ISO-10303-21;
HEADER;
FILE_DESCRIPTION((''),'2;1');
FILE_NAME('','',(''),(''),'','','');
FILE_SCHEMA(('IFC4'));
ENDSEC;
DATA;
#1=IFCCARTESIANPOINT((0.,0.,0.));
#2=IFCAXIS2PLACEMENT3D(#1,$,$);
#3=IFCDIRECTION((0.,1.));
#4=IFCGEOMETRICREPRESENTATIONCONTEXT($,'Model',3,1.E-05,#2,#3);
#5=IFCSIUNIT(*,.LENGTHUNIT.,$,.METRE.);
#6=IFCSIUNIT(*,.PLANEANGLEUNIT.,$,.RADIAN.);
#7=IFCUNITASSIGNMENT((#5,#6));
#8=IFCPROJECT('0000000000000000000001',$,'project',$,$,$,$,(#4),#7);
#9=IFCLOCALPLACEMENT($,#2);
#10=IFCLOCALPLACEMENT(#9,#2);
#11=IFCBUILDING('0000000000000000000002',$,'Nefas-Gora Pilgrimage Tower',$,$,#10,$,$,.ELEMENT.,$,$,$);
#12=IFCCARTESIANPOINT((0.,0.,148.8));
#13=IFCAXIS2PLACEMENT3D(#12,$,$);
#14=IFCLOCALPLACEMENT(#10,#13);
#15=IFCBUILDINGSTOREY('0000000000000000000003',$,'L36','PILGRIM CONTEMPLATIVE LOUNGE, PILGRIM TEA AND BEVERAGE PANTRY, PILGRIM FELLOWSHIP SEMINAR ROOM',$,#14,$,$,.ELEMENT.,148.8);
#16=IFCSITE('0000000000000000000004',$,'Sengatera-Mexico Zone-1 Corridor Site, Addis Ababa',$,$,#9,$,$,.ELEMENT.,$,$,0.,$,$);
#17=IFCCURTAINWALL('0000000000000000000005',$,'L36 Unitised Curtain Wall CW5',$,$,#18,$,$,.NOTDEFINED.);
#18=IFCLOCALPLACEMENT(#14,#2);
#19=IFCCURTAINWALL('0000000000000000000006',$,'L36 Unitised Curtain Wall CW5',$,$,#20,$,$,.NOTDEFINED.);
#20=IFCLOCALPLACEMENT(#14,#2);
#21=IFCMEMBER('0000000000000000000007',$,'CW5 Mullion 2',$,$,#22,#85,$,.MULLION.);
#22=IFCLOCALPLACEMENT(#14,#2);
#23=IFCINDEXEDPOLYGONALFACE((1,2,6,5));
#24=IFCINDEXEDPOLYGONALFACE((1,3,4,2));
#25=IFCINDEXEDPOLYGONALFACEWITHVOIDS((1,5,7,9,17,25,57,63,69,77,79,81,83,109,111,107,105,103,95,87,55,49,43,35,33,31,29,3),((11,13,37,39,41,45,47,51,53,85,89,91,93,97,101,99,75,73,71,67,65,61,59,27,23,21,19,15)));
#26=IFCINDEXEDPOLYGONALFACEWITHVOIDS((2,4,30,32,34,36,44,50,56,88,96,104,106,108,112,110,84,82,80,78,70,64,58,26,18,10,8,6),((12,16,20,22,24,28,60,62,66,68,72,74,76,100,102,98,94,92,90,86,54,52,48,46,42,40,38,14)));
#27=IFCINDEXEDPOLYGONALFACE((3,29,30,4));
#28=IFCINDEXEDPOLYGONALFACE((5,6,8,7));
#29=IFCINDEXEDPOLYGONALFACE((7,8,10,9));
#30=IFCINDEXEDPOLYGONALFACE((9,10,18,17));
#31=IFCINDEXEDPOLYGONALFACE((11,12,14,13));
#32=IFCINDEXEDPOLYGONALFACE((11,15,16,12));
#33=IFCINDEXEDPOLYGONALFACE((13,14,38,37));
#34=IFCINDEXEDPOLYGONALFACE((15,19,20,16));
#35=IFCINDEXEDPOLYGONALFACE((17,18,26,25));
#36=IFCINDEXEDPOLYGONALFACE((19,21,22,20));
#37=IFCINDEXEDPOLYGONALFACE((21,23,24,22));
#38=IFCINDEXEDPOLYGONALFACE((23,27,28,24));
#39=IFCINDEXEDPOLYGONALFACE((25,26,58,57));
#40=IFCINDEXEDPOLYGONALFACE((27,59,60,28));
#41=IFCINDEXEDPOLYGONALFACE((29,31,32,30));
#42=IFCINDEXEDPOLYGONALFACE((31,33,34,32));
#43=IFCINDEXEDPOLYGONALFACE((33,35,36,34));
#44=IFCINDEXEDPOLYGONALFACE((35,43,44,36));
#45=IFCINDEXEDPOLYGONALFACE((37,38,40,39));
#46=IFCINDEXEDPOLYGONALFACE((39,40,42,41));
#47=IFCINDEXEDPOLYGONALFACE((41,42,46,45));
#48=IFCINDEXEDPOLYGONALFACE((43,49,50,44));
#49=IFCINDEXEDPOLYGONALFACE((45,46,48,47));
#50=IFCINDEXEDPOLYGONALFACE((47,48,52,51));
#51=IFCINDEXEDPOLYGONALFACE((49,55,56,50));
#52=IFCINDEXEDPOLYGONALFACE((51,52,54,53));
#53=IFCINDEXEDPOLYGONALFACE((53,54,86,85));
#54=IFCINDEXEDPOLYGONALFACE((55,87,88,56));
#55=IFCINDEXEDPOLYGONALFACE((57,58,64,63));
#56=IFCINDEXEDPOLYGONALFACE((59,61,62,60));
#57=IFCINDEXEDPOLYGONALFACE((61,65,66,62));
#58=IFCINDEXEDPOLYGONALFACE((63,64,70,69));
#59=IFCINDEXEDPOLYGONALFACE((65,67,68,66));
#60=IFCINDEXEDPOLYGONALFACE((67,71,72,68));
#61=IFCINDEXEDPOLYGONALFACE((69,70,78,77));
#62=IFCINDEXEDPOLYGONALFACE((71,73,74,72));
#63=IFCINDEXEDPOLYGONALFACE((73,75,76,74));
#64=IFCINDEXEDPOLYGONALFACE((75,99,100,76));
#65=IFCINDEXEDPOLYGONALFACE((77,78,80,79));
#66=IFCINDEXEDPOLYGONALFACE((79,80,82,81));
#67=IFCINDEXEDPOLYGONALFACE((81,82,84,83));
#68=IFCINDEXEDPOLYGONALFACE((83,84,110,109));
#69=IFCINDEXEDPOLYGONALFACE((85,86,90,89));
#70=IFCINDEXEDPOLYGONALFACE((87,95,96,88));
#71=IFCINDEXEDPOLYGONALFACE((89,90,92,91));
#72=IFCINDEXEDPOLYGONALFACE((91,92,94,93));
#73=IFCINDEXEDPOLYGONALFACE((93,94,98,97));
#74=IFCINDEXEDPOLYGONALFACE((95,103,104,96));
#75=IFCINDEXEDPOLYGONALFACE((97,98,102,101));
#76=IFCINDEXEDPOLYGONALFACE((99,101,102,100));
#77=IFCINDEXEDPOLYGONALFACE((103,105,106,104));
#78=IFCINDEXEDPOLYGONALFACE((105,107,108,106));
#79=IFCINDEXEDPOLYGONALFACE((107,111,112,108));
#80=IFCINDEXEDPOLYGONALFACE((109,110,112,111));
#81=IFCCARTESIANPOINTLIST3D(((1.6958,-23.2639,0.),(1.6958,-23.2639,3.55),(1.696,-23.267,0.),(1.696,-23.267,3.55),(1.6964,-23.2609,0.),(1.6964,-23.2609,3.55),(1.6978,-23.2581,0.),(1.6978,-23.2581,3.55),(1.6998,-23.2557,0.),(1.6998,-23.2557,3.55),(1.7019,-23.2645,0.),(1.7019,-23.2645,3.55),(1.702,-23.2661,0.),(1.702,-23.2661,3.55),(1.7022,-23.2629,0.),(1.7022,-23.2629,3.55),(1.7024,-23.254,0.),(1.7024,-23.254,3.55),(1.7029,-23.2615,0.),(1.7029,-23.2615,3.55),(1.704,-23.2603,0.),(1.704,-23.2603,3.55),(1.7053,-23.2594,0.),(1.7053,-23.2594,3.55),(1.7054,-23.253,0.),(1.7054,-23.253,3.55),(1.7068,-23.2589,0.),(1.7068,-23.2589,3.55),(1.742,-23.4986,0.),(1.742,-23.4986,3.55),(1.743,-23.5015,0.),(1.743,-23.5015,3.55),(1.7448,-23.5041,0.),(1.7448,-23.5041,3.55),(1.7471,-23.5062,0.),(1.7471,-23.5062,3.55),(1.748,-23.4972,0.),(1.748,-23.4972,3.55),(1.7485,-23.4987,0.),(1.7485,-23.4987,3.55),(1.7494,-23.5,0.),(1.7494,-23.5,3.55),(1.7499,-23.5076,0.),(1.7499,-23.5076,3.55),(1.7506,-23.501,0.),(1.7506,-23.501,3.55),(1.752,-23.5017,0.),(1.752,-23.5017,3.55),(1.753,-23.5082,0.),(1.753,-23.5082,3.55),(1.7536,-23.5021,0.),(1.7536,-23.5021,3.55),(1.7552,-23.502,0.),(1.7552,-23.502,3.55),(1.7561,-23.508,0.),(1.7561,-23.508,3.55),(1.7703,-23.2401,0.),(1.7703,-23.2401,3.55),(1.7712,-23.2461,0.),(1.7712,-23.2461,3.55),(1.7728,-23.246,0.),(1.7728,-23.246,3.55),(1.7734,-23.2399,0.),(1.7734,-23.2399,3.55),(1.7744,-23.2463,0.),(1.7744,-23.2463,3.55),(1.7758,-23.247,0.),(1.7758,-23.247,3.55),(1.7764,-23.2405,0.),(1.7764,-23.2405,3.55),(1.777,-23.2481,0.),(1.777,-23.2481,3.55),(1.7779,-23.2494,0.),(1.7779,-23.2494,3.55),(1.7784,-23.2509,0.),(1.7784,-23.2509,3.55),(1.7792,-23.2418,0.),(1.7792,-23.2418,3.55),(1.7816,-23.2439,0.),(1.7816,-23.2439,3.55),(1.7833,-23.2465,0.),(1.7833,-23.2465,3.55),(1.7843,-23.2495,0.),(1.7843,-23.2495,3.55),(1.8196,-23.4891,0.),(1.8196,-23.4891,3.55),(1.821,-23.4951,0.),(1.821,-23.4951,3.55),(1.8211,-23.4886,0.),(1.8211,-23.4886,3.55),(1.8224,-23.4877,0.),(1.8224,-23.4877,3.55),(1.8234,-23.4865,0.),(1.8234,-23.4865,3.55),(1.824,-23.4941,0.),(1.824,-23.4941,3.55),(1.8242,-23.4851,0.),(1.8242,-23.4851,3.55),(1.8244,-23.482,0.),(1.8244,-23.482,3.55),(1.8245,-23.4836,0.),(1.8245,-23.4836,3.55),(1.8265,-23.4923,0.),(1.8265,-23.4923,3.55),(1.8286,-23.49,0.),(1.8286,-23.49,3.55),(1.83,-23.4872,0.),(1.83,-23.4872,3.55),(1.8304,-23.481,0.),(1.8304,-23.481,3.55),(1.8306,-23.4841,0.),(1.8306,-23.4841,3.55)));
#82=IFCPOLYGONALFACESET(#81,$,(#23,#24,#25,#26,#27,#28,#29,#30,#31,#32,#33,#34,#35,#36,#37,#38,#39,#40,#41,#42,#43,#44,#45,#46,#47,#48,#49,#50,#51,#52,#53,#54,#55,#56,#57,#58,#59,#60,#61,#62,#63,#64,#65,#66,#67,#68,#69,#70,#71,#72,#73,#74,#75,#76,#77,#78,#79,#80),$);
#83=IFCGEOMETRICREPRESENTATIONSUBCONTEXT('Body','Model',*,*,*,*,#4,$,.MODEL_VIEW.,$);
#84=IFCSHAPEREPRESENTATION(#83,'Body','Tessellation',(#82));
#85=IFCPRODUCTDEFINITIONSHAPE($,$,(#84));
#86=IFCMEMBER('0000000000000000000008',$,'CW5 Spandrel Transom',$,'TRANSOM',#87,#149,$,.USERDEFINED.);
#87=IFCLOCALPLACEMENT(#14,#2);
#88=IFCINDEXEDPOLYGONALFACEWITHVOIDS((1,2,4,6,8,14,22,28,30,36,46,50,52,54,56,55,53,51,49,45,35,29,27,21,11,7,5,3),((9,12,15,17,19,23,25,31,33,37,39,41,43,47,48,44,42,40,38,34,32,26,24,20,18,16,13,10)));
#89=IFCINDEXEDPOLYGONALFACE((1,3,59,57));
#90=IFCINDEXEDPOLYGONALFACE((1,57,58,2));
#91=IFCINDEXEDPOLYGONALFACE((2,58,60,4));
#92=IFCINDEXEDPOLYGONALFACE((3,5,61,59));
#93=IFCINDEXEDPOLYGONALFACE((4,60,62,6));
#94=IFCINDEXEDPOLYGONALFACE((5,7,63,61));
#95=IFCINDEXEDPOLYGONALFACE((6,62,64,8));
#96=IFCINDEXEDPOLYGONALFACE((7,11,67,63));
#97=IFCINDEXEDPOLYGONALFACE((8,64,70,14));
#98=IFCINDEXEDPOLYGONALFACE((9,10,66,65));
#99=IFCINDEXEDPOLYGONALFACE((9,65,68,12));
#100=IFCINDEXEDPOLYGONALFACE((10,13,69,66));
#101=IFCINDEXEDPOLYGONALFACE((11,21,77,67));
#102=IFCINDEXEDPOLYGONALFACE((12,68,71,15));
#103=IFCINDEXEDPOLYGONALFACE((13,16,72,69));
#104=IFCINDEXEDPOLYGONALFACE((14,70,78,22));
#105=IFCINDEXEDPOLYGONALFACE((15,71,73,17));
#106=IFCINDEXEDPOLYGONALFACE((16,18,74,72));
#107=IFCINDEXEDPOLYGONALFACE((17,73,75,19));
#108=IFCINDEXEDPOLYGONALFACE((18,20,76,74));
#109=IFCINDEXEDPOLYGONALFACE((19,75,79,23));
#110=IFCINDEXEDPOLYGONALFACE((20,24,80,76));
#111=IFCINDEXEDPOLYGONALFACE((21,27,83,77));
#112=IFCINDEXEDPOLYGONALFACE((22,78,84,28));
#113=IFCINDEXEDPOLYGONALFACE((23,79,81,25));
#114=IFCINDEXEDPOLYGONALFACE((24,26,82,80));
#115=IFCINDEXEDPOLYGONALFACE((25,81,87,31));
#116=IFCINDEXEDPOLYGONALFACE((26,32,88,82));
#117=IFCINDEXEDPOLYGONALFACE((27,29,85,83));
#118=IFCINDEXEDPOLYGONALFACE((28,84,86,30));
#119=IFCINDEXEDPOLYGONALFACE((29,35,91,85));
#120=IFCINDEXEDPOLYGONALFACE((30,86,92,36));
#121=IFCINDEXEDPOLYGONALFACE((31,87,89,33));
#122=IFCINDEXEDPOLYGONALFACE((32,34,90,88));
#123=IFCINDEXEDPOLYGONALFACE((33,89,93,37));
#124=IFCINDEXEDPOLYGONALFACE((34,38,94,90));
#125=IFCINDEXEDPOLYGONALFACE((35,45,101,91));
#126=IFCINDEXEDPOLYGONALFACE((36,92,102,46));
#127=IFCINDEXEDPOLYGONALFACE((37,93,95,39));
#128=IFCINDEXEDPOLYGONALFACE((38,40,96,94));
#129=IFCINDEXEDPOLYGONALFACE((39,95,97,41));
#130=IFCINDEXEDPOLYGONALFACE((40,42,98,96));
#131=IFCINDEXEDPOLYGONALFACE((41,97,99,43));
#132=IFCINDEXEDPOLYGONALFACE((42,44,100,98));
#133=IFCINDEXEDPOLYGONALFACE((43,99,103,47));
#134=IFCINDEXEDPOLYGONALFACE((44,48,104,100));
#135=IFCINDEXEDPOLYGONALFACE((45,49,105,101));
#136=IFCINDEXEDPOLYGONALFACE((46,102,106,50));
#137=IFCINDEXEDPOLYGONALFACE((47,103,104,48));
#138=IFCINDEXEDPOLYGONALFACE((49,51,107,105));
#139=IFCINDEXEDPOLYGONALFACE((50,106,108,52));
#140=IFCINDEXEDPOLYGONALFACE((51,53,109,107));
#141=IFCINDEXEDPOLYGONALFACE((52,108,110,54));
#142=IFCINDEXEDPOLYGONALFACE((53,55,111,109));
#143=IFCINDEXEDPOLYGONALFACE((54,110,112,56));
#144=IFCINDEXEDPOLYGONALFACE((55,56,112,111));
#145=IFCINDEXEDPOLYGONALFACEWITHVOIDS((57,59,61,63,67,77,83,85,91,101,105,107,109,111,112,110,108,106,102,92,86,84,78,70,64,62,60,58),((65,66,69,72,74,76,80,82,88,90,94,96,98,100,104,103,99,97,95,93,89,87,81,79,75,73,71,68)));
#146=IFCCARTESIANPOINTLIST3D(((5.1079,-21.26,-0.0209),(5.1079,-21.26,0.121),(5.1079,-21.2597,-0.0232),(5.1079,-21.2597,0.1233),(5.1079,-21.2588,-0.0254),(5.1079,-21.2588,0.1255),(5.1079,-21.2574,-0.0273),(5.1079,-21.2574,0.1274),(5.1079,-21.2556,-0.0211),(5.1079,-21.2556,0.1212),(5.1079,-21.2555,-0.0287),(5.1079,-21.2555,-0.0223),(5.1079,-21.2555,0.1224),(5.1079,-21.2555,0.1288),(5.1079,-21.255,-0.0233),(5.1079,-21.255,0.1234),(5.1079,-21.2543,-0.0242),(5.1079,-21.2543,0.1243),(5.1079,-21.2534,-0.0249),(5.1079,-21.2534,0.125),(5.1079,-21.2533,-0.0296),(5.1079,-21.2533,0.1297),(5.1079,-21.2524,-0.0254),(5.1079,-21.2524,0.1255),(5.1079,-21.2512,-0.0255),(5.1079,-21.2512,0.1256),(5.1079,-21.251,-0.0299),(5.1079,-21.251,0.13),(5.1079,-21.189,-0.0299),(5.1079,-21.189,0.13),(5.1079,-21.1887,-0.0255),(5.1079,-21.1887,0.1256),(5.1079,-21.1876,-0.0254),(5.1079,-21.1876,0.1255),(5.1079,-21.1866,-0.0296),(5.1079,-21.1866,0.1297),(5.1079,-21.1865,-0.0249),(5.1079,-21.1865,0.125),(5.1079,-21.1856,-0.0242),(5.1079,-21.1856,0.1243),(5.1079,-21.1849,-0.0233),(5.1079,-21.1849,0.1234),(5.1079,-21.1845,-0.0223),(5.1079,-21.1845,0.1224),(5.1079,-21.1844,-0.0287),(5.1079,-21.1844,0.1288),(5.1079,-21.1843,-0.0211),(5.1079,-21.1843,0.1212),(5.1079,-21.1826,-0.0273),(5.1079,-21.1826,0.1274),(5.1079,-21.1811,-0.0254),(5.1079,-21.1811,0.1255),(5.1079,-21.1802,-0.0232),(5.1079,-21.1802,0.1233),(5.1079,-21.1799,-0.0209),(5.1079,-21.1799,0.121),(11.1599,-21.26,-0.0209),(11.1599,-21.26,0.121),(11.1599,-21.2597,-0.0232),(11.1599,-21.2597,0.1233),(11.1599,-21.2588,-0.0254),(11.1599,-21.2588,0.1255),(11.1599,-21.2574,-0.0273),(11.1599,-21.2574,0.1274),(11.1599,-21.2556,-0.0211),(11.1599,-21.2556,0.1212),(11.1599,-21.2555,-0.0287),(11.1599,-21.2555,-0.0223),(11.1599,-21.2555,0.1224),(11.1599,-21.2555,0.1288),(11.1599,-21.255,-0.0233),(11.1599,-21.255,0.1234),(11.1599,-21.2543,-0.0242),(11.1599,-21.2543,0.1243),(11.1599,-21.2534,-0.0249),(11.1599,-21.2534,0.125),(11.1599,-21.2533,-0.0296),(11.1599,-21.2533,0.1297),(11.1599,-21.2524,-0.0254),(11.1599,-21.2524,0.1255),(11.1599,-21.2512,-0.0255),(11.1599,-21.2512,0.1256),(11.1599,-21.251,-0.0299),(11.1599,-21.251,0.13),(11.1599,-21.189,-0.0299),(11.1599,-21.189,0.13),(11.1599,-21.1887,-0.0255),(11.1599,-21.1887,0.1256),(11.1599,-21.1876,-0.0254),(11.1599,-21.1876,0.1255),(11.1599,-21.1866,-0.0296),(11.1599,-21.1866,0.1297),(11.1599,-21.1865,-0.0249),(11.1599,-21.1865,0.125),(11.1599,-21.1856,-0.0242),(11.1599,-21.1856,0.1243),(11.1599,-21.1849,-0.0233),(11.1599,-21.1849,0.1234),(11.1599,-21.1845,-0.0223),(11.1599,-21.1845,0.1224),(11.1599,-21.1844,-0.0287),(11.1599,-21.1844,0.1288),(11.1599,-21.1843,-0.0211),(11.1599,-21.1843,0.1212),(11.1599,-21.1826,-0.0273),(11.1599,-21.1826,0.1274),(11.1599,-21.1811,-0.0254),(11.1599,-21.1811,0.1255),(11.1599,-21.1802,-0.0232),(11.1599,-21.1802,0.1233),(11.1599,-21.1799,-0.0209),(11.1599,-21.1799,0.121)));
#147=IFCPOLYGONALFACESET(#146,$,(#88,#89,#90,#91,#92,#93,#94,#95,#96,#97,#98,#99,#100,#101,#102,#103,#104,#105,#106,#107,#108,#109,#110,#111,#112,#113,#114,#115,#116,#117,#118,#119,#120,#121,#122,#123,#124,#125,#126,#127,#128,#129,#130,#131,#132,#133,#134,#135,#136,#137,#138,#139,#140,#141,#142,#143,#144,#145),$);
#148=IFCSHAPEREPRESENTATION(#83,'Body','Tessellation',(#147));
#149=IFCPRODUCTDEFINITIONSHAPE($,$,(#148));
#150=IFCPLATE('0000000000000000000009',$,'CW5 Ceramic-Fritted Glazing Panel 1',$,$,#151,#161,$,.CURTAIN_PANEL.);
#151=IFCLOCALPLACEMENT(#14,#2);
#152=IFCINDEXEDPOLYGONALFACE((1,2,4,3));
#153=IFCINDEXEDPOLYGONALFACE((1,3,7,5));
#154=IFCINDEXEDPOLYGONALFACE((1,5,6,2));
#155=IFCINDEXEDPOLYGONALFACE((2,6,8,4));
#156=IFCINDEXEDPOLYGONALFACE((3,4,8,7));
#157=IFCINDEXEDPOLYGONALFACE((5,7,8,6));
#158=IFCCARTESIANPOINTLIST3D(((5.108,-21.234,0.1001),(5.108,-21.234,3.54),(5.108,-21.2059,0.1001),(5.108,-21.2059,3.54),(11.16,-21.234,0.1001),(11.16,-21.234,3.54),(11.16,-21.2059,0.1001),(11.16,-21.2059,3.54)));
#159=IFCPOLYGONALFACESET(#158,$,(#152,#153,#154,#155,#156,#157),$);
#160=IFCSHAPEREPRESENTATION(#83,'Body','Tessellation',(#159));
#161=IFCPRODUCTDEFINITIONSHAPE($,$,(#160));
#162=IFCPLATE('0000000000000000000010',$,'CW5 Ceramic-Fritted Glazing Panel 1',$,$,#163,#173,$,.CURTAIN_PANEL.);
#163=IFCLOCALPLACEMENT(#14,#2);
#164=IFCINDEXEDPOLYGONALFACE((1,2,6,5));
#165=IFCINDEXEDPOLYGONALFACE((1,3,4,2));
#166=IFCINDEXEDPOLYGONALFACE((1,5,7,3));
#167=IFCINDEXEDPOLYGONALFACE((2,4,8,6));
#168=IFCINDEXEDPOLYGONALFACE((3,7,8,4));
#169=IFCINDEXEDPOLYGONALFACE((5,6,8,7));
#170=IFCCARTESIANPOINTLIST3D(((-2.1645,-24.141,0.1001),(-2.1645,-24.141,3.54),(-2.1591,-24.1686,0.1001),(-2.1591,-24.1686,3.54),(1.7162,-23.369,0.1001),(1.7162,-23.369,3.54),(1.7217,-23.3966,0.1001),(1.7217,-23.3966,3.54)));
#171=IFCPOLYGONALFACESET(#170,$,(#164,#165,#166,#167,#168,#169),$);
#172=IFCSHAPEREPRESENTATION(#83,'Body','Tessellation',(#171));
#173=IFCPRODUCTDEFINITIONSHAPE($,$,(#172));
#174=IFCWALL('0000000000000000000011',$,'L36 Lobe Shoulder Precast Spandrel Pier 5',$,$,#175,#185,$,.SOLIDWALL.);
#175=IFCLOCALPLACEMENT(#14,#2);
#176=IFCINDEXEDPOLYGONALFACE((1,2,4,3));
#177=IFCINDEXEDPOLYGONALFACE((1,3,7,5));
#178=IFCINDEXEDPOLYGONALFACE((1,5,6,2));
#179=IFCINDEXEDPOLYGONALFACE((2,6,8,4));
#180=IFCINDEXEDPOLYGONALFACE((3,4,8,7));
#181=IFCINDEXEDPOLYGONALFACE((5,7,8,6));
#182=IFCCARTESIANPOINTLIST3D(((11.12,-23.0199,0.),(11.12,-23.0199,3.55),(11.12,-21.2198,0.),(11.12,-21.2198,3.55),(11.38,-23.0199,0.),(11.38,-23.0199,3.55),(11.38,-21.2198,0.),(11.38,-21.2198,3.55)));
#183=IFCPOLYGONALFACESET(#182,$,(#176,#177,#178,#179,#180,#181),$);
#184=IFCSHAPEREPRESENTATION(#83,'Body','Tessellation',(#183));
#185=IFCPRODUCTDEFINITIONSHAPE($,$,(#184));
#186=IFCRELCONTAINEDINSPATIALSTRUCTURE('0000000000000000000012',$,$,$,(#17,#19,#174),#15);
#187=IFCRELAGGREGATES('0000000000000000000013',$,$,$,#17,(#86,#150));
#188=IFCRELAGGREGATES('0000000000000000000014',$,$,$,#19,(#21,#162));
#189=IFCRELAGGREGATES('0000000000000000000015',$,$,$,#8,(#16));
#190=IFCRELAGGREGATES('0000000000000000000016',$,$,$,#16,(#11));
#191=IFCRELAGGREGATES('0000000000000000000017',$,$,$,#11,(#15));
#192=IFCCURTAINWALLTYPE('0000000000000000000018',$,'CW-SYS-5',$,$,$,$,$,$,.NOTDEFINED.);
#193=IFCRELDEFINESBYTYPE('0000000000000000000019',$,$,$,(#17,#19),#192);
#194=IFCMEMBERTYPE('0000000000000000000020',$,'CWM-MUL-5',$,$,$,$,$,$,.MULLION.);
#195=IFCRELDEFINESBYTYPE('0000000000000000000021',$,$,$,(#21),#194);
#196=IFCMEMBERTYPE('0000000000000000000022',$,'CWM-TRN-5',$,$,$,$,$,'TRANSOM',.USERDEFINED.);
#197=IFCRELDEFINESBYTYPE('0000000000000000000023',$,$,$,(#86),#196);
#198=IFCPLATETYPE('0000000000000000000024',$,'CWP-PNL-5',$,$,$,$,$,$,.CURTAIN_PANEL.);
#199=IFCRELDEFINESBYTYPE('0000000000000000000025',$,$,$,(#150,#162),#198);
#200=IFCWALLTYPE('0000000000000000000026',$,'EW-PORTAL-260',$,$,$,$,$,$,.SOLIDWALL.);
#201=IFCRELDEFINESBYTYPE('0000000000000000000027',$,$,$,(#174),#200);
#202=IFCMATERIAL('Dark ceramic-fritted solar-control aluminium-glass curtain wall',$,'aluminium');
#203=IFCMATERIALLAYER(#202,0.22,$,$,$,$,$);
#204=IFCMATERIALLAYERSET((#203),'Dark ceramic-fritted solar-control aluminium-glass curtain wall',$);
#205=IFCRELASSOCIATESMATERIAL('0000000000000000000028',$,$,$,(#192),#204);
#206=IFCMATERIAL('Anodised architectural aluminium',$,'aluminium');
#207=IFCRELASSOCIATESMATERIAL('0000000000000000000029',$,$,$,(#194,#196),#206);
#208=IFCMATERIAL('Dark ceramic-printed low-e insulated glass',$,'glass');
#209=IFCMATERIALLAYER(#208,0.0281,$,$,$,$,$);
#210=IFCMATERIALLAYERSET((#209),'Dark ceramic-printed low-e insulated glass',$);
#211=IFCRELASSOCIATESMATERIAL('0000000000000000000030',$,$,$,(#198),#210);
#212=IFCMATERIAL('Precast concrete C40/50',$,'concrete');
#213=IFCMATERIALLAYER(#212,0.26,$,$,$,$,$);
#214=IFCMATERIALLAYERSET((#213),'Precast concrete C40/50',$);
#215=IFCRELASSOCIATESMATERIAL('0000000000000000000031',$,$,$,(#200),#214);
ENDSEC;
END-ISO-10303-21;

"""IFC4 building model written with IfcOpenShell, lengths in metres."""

from ifc_helpers import new_model, si_unit, direction, frame, frame_2d, origin, origin_2d, place, context, subcontext, project, spatial, rectangle, hollow_rectangle, extrude, source, transform, mapped, material, layer, layer_set, material_profile, profile_set, type_object, element, aggregate, save


model = new_model("IFC4")

# Units and contexts
model_context = context("Model", 3, precision=1e-05, world=origin(), true_north=direction((0.0, 1.0)))
body_context = subcontext(model_context, "Body", "Model", "MODEL_VIEW")
ifc_project = project(units=[si_unit("LENGTHUNIT", "METRE"), si_unit("PLANEANGLEUNIT", "RADIAN")], contexts=[model_context])

# Site, building, storey
site_placement = place(None, origin())
site = spatial("IfcSite", under=ifc_project, at=site_placement, Name="Sengatera-Mexico Zone-1 Corridor Site, Addis Ababa", CompositionType="ELEMENT", RefElevation=0.0)
building_placement = place(site_placement, origin())
building = spatial("IfcBuilding", under=site, at=building_placement, Name="Nefas-Gora Pilgrimage Tower", CompositionType="ELEMENT")
storey_placement = place(building_placement, frame((0.0, 0.0, 148.8)))
storey = spatial("IfcBuildingStorey", under=building, at=storey_placement, Name="L36", Description="PILGRIM CONTEMPLATIVE LOUNGE, PILGRIM TEA AND BEVERAGE PANTRY, PILGRIM FELLOWSHIP SEMINAR ROOM", CompositionType="ELEMENT", Elevation=148.8)

# Curtain wall
ifc_material_1 = material(Name="Dark ceramic-fritted solar-control aluminium-glass curtain wall", Category="aluminium")
ifc_layer_1 = layer(ifc_material_1, 0.22)
ifc_layer_set_1 = layer_set([ifc_layer_1], Name="Dark ceramic-fritted solar-control aluminium-glass curtain wall")
curtain_wall_type = type_object("IfcCurtainWallType", Name="CW-SYS-5", PredefinedType="NOTDEFINED", material=ifc_layer_set_1)
curtain_wall_1_placement = place(storey_placement, origin())
curtain_wall_1 = element("IfcCurtainWall", 1, at=curtain_wall_1_placement, inside=storey, type_object=curtain_wall_type, Name="L36 Unitised Curtain Wall CW5", PredefinedType="NOTDEFINED")
ifc_material_2 = material(Name="Anodised architectural aluminium", Category="aluminium")
ifc_material_profile_1 = material_profile(ifc_material_2, hollow_rectangle(XDim=0.0901, YDim=0.26, WallThickness=0.0061, InnerFilletRadius=0.0061, OuterFilletRadius=0.012, at=origin_2d()), Name="ALU MULLION 90x260")
ifc_profile_set_1 = profile_set([ifc_material_profile_1], Name="Anodised architectural aluminium")
member_type_1 = type_object("IfcMemberType", Name="CWM-MUL-5", PredefinedType="MULLION", material=ifc_profile_set_1)
shared_shape_1 = source(origin(), body_context, "Body", "SweptSolid", [
    extrude(hollow_rectangle(XDim=0.0901, YDim=0.26, WallThickness=0.0061, InnerFilletRadius=0.0061, OuterFilletRadius=0.012, at=origin_2d()), origin(), (0.0, 0.0, 1.0), 3.55),
])

# Curtain wall, member
curtain_wall_2_placement = place(storey_placement, origin())
curtain_wall_2 = element("IfcCurtainWall", 2, at=curtain_wall_2_placement, inside=storey, type_object=curtain_wall_type, Name="L36 Unitised Curtain Wall CW5", PredefinedType="NOTDEFINED")
member_1_placement = place(storey_placement, frame((1.7632, -23.374, 0.0), z_axis=(0.0, 0.0, 1.0), x_axis=(0.980783, 0.195102, 0.0)))
member_1 = element("IfcMember", 3, at=member_1_placement, type_object=member_type_1, Name="CW5 Mullion 2", PredefinedType="MULLION", context=body_context, shape_type="MappedRepresentation", body=[
    mapped(shared_shape_1, transform((0.0, 0.0, 0.0), x_axis=(1.0, 0.0, 0.0), y_axis=(0.0, 1.0, 0.0), z_axis=(0.0, 0.0, 1.0), scale=1.0)),
])

# Member
ifc_material_profile_2 = material_profile(ifc_material_2, hollow_rectangle(XDim=0.0801, YDim=0.1599, WallThickness=0.0044, InnerFilletRadius=0.0044, OuterFilletRadius=0.009, at=origin_2d()), Name="ALU TRANSOM 80x160")
ifc_profile_set_2 = profile_set([ifc_material_profile_2], Name="Anodised architectural aluminium")
member_type_2 = type_object("IfcMemberType", Name="CWM-TRN-5", ElementType="TRANSOM", PredefinedType="USERDEFINED", material=ifc_profile_set_2)
shared_shape_2 = source(origin(), body_context, "Body", "SweptSolid", [
    extrude(hollow_rectangle(XDim=0.0801, YDim=0.1599, WallThickness=0.0044, InnerFilletRadius=0.0044, OuterFilletRadius=0.009, at=origin_2d()), origin(), (0.0, 0.0, 1.0), 6.052),
])
member_2_placement = place(storey_placement, frame((5.1079, -21.22, 0.05), z_axis=(1.0, 0.0, 0.0), x_axis=(0.0, 1.0, 0.0)))
member_2 = element("IfcMember", 4, at=member_2_placement, type_object=member_type_2, Name="CW5 Spandrel Transom", ObjectType="TRANSOM", PredefinedType="USERDEFINED", context=body_context, shape_type="MappedRepresentation", body=[
    mapped(shared_shape_2, transform((0.0, 0.0, 0.0), x_axis=(1.0, 0.0, 0.0), y_axis=(0.0, 1.0, 0.0), z_axis=(0.0, 0.0, 1.0), scale=1.0)),
])

# Plates
ifc_material_3 = material(Name="Dark ceramic-printed low-e insulated glass", Category="glass")
ifc_layer_2 = layer(ifc_material_3, 0.0281)
ifc_layer_set_2 = layer_set([ifc_layer_2], Name="Dark ceramic-printed low-e insulated glass")
plate_type = type_object("IfcPlateType", Name="CWP-PNL-5", PredefinedType="CURTAIN_PANEL", material=ifc_layer_set_2)
shared_shape_3 = source(origin(), body_context, "Body", "SweptSolid", [
    extrude(rectangle(XDim=6.052, YDim=0.0281, at=origin_2d()), origin(), (0.0, 0.0, 1.0), 3.4399),
])
plate_1_placement = place(storey_placement, frame((8.134, -21.22, 0.1001), z_axis=(0.0, 0.0, 1.0), x_axis=(1.0, 0.0, 0.0)))
plate_1 = element("IfcPlate", 5, at=plate_1_placement, type_object=plate_type, Name="CW5 Ceramic-Fritted Glazing Panel 1", PredefinedType="CURTAIN_PANEL", context=body_context, shape_type="MappedRepresentation", body=[
    mapped(shared_shape_3, transform((0.0, 0.0, 0.0), x_axis=(1.0, 0.0, 0.0), y_axis=(0.0, 1.0, 0.0), z_axis=(0.0, 0.0, 1.0), scale=1.0)),
])
aggregate(curtain_wall_1, [member_2, plate_1])
shared_shape_4 = source(origin(), body_context, "Body", "SweptSolid", [
    extrude(rectangle(XDim=3.9568, YDim=0.0281, at=origin_2d()), origin(), (0.0, 0.0, 1.0), 3.4399),
])
plate_2_placement = place(storey_placement, frame((-0.2214, -23.7688, 0.1001), z_axis=(0.0, 0.0, 1.0), x_axis=(0.980783, 0.195102, 0.0)))
plate_2 = element("IfcPlate", 6, at=plate_2_placement, type_object=plate_type, Name="CW5 Ceramic-Fritted Glazing Panel 1", PredefinedType="CURTAIN_PANEL", context=body_context, shape_type="MappedRepresentation", body=[
    mapped(shared_shape_4, transform((0.0, 0.0, 0.0), x_axis=(1.0, 0.0, 0.0), y_axis=(0.0, 1.0, 0.0), z_axis=(0.0, 0.0, 1.0), scale=1.0)),
])
aggregate(curtain_wall_2, [member_1, plate_2])

# Wall
ifc_material_4 = material(Name="Precast concrete C40/50", Category="concrete")
ifc_layer_3 = layer(ifc_material_4, 0.26)
ifc_layer_set_3 = layer_set([ifc_layer_3], Name="Precast concrete C40/50")
wall_type_1 = type_object("IfcWallType", Name="EW-PORTAL-260", PredefinedType="SOLIDWALL", material=ifc_layer_set_3)
shared_shape_5 = source(origin(), body_context, "Body", "SweptSolid", [
    extrude(rectangle(XDim=1.8, YDim=0.26, at=frame_2d((0.8999, 0.0))), origin(), (0.0, 0.0, 1.0), 3.55),
])
wall_1_placement = place(storey_placement, frame((11.25, -21.22, 0.0), z_axis=(0.0, 0.0, 1.0), x_axis=(0.0, -1.0, 0.0)))
element("IfcWall", 7, at=wall_1_placement, inside=storey, type_object=wall_type_1, Name="L36 Lobe Shoulder Precast Spandrel Pier 5", PredefinedType="SOLIDWALL", context=body_context, shape_type="MappedRepresentation", body=[
    mapped(shared_shape_5, transform((0.0, 0.0, 0.0), x_axis=(1.0, 0.0, 0.0), y_axis=(0.0, 1.0, 0.0), z_axis=(0.0, 0.0, 1.0), scale=1.0)),
])

save(model, "model.ifc")
